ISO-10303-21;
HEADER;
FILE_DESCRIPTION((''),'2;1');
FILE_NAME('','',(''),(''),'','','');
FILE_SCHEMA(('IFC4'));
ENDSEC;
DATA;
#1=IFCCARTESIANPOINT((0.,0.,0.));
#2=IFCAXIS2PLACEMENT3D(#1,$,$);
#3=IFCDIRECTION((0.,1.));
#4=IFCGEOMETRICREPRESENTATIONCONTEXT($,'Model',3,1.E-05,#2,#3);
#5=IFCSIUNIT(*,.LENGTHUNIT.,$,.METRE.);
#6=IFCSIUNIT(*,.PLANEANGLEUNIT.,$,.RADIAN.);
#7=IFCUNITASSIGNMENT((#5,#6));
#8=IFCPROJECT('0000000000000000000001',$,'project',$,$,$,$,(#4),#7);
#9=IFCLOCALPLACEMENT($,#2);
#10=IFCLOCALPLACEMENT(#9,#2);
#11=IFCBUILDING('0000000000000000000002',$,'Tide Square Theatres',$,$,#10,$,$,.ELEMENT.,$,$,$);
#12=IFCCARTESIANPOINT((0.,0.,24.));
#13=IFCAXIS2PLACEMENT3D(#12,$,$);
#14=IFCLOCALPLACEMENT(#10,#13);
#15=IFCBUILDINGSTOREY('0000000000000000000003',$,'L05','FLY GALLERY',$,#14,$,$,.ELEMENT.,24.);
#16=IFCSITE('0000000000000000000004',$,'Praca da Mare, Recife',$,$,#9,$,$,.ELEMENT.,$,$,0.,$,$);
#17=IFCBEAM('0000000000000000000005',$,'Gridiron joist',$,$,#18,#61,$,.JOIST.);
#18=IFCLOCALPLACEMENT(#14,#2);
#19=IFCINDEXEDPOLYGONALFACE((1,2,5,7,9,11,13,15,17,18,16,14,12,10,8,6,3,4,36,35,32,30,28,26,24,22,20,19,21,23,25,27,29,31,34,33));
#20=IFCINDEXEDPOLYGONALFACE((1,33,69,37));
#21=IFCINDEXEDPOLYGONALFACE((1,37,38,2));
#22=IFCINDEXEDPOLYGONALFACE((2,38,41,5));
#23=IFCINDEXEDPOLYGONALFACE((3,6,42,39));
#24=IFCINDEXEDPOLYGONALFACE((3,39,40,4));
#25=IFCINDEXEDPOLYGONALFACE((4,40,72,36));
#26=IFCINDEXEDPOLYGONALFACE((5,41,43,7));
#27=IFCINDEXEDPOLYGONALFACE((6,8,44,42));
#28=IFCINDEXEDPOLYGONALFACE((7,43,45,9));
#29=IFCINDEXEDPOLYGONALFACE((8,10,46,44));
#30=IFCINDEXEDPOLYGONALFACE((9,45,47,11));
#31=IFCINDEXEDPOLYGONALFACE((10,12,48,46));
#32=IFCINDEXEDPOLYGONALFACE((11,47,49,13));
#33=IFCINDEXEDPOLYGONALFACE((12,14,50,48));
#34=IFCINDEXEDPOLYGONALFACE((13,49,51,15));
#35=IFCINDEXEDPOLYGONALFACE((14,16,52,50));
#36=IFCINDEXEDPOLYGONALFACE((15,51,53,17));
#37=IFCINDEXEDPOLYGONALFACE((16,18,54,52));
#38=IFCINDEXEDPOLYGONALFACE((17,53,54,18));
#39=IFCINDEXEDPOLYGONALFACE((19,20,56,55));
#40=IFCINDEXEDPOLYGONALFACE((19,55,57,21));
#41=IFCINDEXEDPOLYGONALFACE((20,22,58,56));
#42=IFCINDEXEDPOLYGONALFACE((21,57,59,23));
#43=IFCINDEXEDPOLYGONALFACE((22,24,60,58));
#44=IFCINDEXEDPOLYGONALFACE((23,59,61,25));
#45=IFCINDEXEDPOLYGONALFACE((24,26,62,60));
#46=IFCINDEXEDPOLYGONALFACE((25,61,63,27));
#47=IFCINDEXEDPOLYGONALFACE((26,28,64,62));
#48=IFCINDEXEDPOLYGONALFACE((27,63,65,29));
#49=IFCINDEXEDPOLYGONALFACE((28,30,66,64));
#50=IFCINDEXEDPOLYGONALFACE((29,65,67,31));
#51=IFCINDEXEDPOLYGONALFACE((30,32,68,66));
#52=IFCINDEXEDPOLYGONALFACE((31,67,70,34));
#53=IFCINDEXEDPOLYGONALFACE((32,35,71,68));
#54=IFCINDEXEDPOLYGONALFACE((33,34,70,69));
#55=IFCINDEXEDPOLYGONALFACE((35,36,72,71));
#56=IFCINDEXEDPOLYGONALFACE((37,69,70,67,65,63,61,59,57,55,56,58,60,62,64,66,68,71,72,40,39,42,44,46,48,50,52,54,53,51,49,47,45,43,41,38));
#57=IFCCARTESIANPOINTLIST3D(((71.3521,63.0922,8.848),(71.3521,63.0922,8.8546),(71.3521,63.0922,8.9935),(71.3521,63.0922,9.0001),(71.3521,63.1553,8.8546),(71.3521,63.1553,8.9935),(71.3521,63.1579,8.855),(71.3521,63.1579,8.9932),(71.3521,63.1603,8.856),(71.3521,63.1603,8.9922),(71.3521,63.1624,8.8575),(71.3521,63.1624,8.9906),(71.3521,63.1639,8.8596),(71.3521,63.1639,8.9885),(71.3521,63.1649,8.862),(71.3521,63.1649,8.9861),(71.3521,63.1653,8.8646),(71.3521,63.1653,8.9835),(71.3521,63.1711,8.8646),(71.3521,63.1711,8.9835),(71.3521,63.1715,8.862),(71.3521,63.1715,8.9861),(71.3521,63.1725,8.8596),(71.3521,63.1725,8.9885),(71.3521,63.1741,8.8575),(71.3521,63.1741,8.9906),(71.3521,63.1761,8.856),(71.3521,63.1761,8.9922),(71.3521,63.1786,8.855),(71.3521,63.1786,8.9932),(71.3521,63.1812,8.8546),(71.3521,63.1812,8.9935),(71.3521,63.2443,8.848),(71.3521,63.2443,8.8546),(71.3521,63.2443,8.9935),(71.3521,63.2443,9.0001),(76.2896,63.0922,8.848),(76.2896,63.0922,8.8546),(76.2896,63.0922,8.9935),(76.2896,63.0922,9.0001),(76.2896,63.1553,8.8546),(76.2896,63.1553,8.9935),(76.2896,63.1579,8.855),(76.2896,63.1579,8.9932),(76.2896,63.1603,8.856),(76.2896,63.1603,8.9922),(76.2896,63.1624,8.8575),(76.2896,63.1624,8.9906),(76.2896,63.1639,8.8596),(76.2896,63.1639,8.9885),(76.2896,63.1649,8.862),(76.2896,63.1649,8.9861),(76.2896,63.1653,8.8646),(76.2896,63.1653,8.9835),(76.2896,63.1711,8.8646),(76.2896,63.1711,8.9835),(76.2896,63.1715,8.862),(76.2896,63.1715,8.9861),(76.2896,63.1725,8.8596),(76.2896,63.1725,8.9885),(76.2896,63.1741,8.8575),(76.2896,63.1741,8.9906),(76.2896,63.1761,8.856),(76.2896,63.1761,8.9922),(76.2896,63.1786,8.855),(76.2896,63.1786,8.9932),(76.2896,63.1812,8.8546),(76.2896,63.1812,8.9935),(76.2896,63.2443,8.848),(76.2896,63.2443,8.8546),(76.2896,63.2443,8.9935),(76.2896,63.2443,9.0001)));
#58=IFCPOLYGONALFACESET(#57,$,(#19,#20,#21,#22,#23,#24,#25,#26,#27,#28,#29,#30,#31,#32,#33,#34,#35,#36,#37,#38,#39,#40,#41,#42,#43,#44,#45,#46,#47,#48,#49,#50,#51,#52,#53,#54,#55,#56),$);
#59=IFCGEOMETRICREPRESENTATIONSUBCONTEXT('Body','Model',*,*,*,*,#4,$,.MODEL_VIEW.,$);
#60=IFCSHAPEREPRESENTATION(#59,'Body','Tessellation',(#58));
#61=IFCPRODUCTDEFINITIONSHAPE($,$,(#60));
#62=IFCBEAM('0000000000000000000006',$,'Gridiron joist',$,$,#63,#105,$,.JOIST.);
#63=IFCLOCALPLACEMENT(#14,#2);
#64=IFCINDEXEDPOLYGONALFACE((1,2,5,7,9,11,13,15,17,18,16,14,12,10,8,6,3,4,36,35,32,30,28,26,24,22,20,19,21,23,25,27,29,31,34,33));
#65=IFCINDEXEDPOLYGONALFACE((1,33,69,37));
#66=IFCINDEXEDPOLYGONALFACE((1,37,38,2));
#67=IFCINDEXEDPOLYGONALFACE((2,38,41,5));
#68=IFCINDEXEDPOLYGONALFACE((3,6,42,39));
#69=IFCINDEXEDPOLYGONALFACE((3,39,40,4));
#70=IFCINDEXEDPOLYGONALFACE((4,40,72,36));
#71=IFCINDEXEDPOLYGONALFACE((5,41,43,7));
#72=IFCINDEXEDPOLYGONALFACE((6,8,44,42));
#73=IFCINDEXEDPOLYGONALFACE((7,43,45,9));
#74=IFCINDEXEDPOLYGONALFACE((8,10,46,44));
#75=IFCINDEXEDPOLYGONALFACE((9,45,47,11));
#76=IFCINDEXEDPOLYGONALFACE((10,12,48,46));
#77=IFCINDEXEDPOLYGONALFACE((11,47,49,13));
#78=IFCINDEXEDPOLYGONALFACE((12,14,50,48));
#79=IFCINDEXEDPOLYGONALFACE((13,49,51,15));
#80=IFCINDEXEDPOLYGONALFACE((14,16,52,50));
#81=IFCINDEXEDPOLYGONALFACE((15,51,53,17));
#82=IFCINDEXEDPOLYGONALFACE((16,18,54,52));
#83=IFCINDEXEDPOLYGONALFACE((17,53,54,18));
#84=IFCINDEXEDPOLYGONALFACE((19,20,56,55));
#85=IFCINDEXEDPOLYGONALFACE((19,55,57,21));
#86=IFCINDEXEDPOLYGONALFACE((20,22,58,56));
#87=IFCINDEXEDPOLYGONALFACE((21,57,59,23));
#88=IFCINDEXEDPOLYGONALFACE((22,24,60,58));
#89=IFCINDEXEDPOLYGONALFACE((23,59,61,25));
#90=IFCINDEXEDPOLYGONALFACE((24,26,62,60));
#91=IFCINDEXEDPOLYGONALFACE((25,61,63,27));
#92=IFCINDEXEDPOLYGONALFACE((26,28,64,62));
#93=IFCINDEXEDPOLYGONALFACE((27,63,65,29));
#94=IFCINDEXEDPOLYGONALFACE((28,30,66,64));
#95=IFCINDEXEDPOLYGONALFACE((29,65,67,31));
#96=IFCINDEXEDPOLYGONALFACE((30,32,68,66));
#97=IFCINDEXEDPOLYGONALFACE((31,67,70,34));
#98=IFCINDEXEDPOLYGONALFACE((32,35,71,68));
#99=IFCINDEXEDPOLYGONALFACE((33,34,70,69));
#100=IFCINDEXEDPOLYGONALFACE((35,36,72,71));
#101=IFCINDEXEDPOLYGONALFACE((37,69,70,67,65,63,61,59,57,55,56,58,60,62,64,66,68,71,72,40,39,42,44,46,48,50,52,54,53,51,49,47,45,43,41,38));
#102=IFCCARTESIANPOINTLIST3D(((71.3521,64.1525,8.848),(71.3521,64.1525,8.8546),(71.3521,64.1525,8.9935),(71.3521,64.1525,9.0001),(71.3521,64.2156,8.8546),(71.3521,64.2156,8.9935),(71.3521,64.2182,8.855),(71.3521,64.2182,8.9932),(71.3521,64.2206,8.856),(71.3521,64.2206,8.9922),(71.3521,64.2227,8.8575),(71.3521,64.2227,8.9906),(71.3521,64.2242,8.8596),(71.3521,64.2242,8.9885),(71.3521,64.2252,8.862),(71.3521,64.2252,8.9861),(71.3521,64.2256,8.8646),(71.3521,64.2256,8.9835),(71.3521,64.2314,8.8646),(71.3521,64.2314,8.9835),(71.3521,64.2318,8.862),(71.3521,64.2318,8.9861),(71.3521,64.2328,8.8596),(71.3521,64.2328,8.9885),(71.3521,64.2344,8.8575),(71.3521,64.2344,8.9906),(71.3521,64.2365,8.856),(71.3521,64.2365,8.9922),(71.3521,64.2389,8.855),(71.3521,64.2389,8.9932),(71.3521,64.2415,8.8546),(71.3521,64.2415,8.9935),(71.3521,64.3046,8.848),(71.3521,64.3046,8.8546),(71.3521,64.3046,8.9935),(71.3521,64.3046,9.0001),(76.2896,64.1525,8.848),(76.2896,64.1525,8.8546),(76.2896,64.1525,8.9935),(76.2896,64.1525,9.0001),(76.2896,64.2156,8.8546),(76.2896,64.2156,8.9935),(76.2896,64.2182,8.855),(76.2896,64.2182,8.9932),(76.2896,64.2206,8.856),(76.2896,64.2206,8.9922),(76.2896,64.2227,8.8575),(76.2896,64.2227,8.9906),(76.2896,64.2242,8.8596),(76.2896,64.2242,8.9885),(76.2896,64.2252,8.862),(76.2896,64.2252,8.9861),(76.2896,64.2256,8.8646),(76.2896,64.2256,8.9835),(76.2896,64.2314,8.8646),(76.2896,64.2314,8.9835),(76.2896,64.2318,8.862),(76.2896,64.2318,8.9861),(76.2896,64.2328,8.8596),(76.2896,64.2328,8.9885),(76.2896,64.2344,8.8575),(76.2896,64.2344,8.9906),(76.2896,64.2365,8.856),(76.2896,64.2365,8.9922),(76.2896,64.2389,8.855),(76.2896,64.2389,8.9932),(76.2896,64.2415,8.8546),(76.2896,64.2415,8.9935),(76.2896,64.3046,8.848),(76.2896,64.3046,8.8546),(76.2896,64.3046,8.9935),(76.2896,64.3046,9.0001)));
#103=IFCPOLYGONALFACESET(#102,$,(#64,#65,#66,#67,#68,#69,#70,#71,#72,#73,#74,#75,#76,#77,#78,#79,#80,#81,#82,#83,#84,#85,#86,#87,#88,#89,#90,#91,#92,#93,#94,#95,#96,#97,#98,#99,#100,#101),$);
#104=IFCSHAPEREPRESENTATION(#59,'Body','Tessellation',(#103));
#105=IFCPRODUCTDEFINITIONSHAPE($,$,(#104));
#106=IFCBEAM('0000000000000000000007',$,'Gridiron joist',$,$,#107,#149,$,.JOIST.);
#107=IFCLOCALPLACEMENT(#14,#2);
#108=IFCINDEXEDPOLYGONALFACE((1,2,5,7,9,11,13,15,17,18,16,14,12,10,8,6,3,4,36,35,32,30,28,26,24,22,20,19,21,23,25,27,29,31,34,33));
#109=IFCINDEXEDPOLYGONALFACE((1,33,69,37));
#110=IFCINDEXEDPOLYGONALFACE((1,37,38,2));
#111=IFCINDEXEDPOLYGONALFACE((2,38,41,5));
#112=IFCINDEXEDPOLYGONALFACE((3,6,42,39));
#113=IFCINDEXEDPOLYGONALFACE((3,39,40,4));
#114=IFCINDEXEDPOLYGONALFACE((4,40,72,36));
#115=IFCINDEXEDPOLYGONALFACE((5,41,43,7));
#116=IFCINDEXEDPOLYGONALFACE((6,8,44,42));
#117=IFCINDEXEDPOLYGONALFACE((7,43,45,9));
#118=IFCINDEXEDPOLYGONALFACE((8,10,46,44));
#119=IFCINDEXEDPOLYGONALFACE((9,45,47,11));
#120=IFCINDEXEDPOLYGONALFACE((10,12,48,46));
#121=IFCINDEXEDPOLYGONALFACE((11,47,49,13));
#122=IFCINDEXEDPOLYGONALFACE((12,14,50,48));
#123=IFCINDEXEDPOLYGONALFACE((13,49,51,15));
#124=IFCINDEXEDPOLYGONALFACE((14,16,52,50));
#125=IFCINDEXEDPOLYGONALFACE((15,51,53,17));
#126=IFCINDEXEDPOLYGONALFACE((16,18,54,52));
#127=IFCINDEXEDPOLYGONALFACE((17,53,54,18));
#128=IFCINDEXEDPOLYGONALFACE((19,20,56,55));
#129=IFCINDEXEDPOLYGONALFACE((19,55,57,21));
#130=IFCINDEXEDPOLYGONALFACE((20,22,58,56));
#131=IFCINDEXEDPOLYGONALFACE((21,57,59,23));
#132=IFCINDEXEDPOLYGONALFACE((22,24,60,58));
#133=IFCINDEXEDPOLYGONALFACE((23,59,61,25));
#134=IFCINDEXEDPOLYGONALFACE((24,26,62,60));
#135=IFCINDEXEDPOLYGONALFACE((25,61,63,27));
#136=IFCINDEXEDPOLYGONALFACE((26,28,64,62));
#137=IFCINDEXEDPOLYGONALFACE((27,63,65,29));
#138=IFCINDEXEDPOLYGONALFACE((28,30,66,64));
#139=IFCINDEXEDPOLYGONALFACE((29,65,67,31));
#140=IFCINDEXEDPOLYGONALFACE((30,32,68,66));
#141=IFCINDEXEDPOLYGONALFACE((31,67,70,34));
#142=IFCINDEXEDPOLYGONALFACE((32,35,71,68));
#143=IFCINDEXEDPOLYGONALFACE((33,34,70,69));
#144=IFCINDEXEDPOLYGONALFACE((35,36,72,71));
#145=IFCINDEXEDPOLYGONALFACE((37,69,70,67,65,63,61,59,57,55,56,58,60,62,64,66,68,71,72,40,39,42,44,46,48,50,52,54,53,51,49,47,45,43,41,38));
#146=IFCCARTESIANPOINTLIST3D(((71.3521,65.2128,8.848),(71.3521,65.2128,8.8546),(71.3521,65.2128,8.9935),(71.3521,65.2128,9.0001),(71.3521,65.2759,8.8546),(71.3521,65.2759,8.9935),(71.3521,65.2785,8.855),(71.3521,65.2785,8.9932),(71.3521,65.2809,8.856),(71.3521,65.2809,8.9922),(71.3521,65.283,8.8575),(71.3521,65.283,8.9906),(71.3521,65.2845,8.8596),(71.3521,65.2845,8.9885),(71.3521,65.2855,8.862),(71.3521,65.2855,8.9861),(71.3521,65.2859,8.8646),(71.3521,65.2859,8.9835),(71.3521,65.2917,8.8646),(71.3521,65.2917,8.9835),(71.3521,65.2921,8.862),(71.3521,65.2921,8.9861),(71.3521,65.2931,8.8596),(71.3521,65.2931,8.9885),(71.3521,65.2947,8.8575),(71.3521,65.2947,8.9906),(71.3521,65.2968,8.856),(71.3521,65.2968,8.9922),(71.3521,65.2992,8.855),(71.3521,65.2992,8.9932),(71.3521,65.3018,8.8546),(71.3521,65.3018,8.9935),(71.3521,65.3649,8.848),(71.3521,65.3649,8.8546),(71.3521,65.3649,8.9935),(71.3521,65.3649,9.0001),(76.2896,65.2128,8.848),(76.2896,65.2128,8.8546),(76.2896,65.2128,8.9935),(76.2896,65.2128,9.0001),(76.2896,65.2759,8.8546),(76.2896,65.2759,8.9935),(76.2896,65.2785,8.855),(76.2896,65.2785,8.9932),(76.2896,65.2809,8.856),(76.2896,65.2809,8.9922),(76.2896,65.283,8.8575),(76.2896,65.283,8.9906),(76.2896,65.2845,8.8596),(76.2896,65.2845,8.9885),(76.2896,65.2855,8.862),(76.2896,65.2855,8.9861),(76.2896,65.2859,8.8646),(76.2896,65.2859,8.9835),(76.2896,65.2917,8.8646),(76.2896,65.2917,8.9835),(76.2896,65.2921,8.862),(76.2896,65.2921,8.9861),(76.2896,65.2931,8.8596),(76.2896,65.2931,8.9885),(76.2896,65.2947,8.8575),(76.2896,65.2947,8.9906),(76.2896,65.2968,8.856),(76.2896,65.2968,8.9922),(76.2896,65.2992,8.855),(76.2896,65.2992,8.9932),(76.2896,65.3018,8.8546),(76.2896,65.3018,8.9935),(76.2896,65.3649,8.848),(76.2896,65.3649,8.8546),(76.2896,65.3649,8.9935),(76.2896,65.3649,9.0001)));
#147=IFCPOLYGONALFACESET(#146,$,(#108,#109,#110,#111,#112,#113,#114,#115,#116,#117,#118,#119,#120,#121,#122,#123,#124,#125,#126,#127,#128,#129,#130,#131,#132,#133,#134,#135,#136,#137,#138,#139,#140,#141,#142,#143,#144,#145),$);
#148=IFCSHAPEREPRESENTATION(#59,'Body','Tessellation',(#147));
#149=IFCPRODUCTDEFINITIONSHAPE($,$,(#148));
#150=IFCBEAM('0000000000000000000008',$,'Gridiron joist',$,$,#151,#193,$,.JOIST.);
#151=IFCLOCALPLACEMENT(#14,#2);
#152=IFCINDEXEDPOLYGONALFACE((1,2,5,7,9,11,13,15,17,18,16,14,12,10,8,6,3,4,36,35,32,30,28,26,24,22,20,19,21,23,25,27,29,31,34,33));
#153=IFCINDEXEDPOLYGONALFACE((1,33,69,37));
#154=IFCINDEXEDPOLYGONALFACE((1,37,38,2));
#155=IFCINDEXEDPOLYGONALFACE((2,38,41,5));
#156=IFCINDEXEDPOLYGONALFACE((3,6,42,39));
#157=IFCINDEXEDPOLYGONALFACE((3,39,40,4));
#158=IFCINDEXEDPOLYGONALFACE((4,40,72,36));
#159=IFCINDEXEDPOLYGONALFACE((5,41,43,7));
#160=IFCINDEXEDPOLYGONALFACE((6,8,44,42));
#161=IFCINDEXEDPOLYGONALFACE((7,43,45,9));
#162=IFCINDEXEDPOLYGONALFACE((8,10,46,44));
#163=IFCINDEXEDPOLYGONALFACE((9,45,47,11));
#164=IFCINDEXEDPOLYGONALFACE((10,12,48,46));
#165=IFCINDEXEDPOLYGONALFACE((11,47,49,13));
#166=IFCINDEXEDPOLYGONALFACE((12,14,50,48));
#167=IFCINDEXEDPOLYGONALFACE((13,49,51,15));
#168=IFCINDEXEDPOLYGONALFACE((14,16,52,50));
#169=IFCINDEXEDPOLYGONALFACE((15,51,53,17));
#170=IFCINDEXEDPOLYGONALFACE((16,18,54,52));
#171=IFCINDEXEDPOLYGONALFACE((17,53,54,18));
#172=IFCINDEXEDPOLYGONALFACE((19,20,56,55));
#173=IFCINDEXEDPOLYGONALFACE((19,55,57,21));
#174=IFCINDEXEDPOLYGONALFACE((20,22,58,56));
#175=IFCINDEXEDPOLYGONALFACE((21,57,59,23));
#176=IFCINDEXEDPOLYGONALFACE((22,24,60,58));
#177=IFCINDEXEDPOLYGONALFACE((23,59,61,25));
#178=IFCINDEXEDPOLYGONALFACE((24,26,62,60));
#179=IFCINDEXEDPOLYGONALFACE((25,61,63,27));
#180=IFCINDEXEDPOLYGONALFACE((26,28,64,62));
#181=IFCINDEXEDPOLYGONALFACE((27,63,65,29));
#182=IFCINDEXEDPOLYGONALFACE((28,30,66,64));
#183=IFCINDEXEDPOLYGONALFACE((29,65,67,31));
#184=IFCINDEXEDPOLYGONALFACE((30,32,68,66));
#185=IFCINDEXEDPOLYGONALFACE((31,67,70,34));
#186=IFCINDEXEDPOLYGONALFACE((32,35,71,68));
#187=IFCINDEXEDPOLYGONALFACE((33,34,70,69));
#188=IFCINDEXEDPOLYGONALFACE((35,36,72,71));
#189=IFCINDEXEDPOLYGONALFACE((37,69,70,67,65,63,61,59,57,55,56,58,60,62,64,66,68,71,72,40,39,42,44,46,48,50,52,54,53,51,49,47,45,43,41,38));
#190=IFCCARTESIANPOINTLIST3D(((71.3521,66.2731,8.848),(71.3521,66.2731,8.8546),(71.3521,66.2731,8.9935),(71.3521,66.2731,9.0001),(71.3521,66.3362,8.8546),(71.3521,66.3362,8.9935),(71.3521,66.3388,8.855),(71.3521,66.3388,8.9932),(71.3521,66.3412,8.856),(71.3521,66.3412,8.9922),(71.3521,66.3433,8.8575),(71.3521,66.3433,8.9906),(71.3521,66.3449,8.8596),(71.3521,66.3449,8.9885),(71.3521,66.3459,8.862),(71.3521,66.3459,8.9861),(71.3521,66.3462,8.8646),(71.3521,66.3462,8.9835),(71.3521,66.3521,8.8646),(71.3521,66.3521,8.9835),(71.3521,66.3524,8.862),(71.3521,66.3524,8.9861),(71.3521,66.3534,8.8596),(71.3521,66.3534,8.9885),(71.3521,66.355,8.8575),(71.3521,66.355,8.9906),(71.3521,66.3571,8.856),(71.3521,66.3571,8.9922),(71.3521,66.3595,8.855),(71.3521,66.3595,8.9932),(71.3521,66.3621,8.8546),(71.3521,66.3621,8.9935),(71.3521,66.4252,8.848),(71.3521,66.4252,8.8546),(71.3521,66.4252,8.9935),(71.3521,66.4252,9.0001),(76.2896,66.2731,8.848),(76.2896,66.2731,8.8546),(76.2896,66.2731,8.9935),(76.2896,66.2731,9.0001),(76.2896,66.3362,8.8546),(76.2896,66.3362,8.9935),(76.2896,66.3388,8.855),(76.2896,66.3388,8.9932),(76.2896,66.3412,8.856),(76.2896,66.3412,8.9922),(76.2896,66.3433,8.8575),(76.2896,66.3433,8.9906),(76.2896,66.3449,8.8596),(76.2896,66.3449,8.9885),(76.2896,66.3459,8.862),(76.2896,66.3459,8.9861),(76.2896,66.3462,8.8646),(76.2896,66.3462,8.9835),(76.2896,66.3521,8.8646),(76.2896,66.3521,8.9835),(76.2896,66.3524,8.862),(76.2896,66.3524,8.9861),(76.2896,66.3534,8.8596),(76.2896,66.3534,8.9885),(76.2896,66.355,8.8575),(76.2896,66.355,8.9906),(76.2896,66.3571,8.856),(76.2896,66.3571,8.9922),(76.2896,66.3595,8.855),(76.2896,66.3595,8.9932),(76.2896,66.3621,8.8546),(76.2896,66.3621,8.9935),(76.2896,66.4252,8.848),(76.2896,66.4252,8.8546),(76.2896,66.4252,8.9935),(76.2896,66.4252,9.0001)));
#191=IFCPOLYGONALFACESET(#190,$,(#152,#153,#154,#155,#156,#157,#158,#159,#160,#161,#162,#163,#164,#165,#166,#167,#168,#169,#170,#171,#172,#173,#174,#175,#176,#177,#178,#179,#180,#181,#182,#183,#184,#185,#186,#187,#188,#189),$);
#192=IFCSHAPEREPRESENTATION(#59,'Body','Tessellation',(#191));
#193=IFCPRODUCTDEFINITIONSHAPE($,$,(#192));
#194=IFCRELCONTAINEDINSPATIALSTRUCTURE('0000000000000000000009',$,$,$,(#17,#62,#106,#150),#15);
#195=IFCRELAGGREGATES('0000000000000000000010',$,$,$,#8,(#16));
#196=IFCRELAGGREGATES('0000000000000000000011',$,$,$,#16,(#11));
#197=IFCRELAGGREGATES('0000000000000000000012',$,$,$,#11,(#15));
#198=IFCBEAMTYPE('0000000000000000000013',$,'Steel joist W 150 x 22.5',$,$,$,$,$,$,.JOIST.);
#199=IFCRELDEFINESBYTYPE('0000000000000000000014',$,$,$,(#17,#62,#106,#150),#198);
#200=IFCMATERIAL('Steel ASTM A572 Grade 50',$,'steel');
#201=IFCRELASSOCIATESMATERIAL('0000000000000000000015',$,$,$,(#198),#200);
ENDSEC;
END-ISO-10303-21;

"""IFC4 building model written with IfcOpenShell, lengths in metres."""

from ifc_helpers import new_model, si_unit, direction, frame, origin, origin_2d, place, context, subcontext, project, spatial, i_section, extrude, material, material_profile, profile_set, type_object, element, save


model = new_model("IFC4")

# Units and contexts
model_context = context("Model", 3, precision=1e-05, world=origin(), true_north=direction((0.0, 1.0)))
body_context = subcontext(model_context, "Body", "Model", "MODEL_VIEW")
ifc_project = project(units=[si_unit("LENGTHUNIT", "METRE"), si_unit("PLANEANGLEUNIT", "RADIAN")], contexts=[model_context])

# Site, building, storey
site_placement = place(None, origin())
site = spatial("IfcSite", under=ifc_project, at=site_placement, Name="Praca da Mare, Recife", CompositionType="ELEMENT", RefElevation=0.0)
building_placement = place(site_placement, origin())
building = spatial("IfcBuilding", under=site, at=building_placement, Name="Tide Square Theatres", CompositionType="ELEMENT")
storey_placement = place(building_placement, frame((0.0, 0.0, 24.0)))
storey = spatial("IfcBuildingStorey", under=building, at=storey_placement, Name="L05", Description="FLY GALLERY", CompositionType="ELEMENT", Elevation=24.0)

# Beams
ifc_material_1 = material(Name="Steel ASTM A572 Grade 50", Category="steel")
ifc_material_profile_1 = material_profile(ifc_material_1, i_section(OverallWidth=0.1521, OverallDepth=0.1521, WebThickness=0.0059, FlangeThickness=0.0066, FilletRadius=0.01, at=origin_2d()))
ifc_profile_set_1 = profile_set([ifc_material_profile_1], Name="Steel ASTM A572 Grade 50")
beam_type_1 = type_object("IfcBeamType", Name="Steel joist W 150 x 22.5", PredefinedType="JOIST", material=ifc_profile_set_1)
for number, where, z_axis, x_axis, name in (
    (1, (71.3521, 63.1682, 8.9241), (1.0, 0.0, 0.0), (0.0, 1.0, 0.0), "Gridiron joist"),
    (2, (71.3521, 64.2285, 8.9241), (1.0, 0.0, 0.0), (0.0, 1.0, 0.0), "Gridiron joist"),
    (3, (71.3521, 65.2888, 8.9241), (1.0, 0.0, 0.0), (0.0, 1.0, 0.0), "Gridiron joist"),
    (4, (71.3521, 66.3491, 8.9241), (1.0, 0.0, 0.0), (0.0, 1.0, 0.0), "Gridiron joist"),
):
    element("IfcBeam", number, at=place(storey_placement, frame(where, z_axis=z_axis, x_axis=x_axis)), inside=storey, type_object=beam_type_1, Name=name, PredefinedType="JOIST", context=body_context, shape_type="SweptSolid", body=[
        extrude(i_section(OverallWidth=0.1521, OverallDepth=0.1521, WebThickness=0.0059, FlangeThickness=0.0066, FilletRadius=0.01, at=origin_2d()), origin(), (0.0, 0.0, 1.0), 4.9375),
    ])

save(model, "model.ifc")
